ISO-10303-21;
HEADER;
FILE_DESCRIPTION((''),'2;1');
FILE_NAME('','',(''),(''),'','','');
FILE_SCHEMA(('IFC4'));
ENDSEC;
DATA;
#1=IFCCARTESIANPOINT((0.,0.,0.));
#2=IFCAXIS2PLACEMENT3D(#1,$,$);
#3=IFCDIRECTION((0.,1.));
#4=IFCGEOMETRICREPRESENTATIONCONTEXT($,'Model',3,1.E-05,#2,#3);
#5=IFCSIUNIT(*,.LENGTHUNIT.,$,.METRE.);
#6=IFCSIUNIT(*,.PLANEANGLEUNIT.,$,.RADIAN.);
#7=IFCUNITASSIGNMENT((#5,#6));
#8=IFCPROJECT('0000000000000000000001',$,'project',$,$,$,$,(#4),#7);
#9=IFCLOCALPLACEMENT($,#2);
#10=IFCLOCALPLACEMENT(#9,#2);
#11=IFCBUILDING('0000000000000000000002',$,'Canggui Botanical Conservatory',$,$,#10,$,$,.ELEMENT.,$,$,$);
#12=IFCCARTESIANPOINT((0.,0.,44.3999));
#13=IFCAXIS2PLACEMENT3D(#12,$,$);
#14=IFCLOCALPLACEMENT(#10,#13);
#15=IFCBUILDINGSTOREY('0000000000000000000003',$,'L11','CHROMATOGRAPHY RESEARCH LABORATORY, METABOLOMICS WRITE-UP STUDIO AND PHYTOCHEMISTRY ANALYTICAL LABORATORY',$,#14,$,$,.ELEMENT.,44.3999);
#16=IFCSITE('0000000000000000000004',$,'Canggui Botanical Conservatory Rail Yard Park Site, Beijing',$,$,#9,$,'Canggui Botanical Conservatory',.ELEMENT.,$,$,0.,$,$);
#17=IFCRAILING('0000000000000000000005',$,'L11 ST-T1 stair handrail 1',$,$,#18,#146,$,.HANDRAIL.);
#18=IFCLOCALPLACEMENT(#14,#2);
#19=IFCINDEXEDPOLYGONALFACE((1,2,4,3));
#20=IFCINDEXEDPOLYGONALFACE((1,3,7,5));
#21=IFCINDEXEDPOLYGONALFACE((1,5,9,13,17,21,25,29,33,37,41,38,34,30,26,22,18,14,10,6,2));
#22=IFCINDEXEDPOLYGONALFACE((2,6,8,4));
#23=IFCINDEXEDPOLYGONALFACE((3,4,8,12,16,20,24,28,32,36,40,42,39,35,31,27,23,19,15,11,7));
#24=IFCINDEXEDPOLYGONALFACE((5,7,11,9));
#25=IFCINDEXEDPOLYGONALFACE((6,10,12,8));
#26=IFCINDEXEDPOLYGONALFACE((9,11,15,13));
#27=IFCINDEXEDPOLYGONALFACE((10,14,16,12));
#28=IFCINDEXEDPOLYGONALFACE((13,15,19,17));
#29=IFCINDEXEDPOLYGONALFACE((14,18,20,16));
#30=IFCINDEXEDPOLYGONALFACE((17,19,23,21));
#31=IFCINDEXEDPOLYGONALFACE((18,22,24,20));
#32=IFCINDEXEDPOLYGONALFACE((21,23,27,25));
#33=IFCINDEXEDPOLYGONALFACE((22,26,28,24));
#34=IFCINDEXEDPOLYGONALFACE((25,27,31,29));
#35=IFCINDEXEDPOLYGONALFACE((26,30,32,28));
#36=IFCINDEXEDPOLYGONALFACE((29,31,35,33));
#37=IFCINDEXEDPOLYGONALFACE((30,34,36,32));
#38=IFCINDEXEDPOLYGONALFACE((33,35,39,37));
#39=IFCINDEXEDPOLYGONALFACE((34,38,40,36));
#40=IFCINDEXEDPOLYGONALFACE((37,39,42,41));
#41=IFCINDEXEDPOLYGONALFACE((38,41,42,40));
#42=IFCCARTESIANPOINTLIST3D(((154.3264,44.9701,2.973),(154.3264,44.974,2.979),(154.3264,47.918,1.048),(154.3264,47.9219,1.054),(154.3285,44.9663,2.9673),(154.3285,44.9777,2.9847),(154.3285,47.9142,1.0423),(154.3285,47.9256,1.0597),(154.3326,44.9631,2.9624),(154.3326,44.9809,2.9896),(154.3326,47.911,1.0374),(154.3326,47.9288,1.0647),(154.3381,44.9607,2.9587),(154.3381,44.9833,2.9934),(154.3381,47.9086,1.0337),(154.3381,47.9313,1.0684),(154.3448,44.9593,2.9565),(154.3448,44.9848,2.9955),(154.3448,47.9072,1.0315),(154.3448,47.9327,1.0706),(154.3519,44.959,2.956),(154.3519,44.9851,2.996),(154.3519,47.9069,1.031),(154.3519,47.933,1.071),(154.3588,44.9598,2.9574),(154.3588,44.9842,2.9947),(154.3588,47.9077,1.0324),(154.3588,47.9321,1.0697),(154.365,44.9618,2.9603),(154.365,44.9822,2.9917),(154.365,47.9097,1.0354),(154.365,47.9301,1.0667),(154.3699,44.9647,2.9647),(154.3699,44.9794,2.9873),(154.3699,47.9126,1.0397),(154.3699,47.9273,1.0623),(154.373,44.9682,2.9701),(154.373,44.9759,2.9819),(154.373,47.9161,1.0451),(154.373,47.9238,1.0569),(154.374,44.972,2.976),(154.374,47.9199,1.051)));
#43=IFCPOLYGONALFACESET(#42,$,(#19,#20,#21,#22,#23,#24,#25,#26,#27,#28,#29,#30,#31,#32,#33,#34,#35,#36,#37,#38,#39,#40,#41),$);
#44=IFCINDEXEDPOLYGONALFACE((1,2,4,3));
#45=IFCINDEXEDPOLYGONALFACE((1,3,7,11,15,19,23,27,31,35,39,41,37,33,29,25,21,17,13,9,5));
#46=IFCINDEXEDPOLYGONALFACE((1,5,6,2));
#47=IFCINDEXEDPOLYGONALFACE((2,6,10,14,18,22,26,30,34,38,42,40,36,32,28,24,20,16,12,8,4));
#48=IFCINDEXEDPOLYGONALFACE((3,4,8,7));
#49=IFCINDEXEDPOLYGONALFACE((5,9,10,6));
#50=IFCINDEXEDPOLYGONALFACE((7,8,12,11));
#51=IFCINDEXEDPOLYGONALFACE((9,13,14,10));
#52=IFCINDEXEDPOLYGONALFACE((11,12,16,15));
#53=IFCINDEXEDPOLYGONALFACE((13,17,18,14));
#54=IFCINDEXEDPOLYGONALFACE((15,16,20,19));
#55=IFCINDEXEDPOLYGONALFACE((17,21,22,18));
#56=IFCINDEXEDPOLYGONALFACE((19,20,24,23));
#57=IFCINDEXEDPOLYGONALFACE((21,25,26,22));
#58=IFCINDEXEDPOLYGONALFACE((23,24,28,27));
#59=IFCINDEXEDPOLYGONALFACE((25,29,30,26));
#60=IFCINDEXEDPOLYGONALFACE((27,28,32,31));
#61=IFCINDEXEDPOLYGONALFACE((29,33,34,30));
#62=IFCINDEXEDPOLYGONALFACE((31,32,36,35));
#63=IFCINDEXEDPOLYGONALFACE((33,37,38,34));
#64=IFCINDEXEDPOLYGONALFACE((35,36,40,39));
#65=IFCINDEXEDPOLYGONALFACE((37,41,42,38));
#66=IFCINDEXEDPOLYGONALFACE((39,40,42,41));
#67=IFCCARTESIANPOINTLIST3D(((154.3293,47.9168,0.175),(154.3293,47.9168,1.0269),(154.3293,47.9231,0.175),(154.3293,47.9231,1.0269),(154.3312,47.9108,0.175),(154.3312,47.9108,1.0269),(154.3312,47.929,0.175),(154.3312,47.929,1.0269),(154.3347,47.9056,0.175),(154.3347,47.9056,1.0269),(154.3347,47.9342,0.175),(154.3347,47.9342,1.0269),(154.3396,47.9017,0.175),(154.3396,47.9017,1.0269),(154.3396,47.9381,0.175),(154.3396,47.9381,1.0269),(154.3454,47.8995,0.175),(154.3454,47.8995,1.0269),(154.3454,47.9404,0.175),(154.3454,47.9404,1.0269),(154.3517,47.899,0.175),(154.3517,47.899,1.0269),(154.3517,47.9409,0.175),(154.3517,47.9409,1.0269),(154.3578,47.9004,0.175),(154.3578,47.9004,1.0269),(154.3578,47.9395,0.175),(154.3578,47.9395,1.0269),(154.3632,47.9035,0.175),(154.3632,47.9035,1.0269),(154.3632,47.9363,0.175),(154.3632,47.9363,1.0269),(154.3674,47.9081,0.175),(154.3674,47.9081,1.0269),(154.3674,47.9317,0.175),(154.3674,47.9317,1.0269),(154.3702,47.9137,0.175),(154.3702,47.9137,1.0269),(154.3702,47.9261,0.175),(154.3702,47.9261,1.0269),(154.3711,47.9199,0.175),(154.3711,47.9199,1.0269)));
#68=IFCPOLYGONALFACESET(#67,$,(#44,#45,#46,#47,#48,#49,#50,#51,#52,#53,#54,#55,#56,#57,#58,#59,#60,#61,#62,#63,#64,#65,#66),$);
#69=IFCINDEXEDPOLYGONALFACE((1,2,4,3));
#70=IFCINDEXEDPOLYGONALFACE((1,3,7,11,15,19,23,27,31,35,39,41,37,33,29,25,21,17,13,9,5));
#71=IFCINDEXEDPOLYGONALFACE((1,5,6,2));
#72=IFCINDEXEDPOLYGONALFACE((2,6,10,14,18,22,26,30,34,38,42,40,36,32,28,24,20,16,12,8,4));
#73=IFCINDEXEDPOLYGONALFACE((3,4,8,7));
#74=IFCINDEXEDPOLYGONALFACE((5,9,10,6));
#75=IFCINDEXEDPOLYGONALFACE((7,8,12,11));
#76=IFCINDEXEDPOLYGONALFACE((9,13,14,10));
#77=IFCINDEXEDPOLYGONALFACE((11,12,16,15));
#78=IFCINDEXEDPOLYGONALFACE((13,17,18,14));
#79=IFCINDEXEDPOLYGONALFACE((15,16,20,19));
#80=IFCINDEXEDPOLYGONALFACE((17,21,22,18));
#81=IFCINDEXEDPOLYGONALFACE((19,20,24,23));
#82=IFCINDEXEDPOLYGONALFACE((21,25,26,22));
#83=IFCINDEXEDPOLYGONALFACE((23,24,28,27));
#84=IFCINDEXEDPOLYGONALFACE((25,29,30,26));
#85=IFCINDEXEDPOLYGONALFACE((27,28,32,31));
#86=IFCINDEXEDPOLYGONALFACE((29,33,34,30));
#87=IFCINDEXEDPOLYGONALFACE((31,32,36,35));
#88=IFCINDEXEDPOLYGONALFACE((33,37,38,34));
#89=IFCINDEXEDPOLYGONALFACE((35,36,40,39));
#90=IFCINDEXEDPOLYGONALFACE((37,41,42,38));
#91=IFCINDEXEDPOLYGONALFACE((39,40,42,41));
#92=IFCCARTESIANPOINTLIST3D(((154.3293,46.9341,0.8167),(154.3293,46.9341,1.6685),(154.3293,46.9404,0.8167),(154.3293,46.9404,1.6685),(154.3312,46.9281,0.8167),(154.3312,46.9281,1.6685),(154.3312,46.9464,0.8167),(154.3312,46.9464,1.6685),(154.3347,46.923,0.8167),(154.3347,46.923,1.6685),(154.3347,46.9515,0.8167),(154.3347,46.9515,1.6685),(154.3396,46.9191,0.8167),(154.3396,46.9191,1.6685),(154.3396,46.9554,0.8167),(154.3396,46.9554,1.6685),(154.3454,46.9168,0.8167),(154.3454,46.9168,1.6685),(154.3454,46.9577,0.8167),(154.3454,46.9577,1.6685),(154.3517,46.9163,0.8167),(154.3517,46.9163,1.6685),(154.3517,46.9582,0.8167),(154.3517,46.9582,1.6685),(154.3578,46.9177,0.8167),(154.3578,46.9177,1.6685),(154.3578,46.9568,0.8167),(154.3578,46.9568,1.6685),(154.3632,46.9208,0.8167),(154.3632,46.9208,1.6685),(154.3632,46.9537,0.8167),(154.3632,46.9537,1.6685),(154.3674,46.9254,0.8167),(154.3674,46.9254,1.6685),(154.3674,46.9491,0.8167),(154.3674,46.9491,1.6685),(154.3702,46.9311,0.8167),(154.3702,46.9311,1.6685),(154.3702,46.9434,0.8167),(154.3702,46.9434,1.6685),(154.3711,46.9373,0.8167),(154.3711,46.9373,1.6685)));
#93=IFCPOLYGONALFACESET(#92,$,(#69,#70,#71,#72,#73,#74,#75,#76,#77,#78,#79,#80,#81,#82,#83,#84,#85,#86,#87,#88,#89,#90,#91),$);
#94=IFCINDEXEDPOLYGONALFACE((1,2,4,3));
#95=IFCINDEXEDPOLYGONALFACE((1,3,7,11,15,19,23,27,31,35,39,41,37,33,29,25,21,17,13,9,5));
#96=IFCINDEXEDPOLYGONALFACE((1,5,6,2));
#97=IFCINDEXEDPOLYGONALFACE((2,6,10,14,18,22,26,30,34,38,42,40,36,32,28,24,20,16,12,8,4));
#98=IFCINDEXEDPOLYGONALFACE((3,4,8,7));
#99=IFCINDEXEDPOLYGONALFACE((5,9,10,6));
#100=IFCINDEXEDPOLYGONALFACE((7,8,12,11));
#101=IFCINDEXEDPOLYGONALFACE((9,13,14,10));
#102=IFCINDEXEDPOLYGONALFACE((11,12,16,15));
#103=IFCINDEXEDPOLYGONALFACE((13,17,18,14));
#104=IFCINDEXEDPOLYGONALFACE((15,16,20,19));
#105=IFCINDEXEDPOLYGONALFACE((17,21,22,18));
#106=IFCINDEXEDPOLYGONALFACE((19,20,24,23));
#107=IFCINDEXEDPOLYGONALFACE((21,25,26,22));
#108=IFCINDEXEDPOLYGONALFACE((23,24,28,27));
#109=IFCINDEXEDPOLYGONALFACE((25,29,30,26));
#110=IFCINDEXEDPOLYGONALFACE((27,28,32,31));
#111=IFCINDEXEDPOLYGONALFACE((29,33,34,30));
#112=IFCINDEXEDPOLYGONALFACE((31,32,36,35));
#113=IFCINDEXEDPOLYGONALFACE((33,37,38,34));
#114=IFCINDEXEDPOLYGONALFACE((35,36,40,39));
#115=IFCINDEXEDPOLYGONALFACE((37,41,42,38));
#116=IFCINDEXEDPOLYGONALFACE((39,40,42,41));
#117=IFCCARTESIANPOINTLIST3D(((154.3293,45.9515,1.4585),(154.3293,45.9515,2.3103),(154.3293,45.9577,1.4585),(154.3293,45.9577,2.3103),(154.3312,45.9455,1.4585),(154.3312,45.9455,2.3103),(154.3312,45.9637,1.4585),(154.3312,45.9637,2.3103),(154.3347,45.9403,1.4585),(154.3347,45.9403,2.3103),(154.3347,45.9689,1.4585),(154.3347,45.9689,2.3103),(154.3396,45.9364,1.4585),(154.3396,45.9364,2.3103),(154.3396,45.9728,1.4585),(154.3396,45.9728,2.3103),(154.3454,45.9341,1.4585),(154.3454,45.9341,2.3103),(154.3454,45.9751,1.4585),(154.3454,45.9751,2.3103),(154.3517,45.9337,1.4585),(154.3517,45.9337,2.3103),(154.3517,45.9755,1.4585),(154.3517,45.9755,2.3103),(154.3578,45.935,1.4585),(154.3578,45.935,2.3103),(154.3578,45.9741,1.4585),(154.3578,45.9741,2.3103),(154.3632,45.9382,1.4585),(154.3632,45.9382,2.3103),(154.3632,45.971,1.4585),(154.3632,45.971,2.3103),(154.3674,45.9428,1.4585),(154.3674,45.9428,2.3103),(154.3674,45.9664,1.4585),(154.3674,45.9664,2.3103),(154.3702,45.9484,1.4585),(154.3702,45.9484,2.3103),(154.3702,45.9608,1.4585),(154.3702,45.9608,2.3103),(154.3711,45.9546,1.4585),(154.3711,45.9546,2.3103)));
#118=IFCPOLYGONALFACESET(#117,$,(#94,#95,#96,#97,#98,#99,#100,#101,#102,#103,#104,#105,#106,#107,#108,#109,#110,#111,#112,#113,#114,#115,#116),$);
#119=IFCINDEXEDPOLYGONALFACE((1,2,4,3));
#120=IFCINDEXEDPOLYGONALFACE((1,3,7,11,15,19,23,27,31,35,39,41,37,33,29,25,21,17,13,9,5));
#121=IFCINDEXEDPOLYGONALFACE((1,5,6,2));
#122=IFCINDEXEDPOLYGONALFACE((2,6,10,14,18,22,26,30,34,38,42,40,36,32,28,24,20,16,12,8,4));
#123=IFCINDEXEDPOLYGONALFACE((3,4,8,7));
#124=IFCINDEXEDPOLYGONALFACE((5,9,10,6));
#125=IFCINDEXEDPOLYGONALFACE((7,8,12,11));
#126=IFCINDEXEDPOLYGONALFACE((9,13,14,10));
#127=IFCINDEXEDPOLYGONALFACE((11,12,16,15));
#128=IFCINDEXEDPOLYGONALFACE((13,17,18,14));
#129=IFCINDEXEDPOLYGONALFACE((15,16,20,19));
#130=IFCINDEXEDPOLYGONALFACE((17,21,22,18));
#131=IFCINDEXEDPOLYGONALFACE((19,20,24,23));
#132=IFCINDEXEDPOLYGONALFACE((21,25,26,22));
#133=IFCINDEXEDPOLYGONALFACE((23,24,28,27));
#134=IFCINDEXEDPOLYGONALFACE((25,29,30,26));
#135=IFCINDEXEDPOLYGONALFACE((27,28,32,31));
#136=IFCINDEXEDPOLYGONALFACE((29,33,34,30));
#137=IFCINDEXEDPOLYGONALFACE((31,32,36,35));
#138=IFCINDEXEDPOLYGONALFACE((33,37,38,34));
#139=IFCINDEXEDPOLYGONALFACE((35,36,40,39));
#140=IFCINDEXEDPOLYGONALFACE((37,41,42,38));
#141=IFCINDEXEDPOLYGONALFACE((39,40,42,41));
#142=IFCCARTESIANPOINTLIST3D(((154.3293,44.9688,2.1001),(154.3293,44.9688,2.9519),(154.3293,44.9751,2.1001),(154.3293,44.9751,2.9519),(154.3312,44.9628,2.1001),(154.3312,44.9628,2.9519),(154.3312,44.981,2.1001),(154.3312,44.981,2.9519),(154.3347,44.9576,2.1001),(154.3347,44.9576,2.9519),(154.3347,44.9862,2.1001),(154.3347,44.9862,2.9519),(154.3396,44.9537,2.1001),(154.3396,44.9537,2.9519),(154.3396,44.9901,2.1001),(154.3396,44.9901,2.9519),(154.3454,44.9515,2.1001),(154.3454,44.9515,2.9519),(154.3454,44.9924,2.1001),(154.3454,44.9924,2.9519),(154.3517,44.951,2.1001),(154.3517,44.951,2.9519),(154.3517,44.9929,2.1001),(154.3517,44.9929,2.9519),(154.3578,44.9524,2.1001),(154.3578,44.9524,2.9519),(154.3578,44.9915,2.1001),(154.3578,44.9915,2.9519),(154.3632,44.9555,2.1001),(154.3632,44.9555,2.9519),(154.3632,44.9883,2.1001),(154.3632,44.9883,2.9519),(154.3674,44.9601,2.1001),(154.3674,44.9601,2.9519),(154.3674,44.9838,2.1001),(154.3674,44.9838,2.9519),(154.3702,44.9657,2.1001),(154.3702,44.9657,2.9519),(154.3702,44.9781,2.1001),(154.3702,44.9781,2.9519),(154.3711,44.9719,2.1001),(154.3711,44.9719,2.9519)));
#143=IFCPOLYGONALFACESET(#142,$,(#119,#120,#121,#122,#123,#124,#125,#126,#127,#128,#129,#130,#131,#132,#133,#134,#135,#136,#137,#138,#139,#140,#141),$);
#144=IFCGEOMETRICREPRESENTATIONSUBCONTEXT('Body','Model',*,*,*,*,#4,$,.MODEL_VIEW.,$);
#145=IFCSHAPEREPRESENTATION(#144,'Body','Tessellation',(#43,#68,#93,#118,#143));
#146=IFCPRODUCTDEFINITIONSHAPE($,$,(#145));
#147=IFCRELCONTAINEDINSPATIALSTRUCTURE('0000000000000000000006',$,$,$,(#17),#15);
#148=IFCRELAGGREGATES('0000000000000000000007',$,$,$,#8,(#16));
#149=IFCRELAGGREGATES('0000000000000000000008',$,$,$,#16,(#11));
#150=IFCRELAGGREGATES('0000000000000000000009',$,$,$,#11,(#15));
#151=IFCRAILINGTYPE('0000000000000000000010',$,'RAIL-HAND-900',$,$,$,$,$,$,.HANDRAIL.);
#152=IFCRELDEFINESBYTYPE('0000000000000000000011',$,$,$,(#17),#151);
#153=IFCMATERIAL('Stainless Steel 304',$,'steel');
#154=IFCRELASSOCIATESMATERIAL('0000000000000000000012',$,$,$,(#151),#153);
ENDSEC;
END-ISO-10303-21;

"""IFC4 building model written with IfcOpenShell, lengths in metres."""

from ifc_helpers import new_model, si_unit, direction, frame, origin, origin_2d, place, context, subcontext, project, spatial, circle, extrude, material, type_object, element, save


model = new_model("IFC4")

# Units and contexts
model_context = context("Model", 3, precision=1e-05, world=origin(), true_north=direction((0.0, 1.0)))
body_context = subcontext(model_context, "Body", "Model", "MODEL_VIEW")
ifc_project = project(units=[si_unit("LENGTHUNIT", "METRE"), si_unit("PLANEANGLEUNIT", "RADIAN")], contexts=[model_context])

# Site, building, storey
site_placement = place(None, origin())
site = spatial("IfcSite", under=ifc_project, at=site_placement, Name="Canggui Botanical Conservatory Rail Yard Park Site, Beijing", LongName="Canggui Botanical Conservatory", CompositionType="ELEMENT", RefElevation=0.0)
building_placement = place(site_placement, origin())
building = spatial("IfcBuilding", under=site, at=building_placement, Name="Canggui Botanical Conservatory", CompositionType="ELEMENT")
storey_placement = place(building_placement, frame((0.0, 0.0, 44.3999)))
storey = spatial("IfcBuildingStorey", under=building, at=storey_placement, Name="L11", Description="CHROMATOGRAPHY RESEARCH LABORATORY, METABOLOMICS WRITE-UP STUDIO AND PHYTOCHEMISTRY ANALYTICAL LABORATORY", CompositionType="ELEMENT", Elevation=44.3999)

# Railing
ifc_material_1 = material(Name="Stainless Steel 304", Category="steel")
railing_type_1 = type_object("IfcRailingType", Name="RAIL-HAND-900", PredefinedType="HANDRAIL", material=ifc_material_1)
railing_1_placement = place(storey_placement, frame((154.3501, 47.9199, 0.175)))
element("IfcRailing", 1, at=railing_1_placement, inside=storey, type_object=railing_type_1, Name="L11 ST-T1 stair handrail 1", PredefinedType="HANDRAIL", context=body_context, shape_type="SweptSolid", body=[
    extrude(circle(Radius=0.0239, at=origin_2d()), frame((0.0, 0.0, 0.876), z_axis=(0.0, -0.837293, 0.546754), x_axis=(1.0, 0.0, 0.0)), (0.0, 0.0, 1.0), 3.5208),
    extrude(circle(Radius=0.021, at=origin_2d()), origin(), (0.0, 0.0, 1.0), 0.8518),
    extrude(circle(Radius=0.021, at=origin_2d()), frame((0.0, -0.9827, 0.6416)), (0.0, 0.0, 1.0), 0.8518),
    extrude(circle(Radius=0.021, at=origin_2d()), frame((0.0, -1.9653, 1.2834)), (0.0, 0.0, 1.0), 0.8518),
    extrude(circle(Radius=0.021, at=origin_2d()), frame((0.0, -2.948, 1.925)), (0.0, 0.0, 1.0), 0.8518),
])

save(model, "model.ifc")
